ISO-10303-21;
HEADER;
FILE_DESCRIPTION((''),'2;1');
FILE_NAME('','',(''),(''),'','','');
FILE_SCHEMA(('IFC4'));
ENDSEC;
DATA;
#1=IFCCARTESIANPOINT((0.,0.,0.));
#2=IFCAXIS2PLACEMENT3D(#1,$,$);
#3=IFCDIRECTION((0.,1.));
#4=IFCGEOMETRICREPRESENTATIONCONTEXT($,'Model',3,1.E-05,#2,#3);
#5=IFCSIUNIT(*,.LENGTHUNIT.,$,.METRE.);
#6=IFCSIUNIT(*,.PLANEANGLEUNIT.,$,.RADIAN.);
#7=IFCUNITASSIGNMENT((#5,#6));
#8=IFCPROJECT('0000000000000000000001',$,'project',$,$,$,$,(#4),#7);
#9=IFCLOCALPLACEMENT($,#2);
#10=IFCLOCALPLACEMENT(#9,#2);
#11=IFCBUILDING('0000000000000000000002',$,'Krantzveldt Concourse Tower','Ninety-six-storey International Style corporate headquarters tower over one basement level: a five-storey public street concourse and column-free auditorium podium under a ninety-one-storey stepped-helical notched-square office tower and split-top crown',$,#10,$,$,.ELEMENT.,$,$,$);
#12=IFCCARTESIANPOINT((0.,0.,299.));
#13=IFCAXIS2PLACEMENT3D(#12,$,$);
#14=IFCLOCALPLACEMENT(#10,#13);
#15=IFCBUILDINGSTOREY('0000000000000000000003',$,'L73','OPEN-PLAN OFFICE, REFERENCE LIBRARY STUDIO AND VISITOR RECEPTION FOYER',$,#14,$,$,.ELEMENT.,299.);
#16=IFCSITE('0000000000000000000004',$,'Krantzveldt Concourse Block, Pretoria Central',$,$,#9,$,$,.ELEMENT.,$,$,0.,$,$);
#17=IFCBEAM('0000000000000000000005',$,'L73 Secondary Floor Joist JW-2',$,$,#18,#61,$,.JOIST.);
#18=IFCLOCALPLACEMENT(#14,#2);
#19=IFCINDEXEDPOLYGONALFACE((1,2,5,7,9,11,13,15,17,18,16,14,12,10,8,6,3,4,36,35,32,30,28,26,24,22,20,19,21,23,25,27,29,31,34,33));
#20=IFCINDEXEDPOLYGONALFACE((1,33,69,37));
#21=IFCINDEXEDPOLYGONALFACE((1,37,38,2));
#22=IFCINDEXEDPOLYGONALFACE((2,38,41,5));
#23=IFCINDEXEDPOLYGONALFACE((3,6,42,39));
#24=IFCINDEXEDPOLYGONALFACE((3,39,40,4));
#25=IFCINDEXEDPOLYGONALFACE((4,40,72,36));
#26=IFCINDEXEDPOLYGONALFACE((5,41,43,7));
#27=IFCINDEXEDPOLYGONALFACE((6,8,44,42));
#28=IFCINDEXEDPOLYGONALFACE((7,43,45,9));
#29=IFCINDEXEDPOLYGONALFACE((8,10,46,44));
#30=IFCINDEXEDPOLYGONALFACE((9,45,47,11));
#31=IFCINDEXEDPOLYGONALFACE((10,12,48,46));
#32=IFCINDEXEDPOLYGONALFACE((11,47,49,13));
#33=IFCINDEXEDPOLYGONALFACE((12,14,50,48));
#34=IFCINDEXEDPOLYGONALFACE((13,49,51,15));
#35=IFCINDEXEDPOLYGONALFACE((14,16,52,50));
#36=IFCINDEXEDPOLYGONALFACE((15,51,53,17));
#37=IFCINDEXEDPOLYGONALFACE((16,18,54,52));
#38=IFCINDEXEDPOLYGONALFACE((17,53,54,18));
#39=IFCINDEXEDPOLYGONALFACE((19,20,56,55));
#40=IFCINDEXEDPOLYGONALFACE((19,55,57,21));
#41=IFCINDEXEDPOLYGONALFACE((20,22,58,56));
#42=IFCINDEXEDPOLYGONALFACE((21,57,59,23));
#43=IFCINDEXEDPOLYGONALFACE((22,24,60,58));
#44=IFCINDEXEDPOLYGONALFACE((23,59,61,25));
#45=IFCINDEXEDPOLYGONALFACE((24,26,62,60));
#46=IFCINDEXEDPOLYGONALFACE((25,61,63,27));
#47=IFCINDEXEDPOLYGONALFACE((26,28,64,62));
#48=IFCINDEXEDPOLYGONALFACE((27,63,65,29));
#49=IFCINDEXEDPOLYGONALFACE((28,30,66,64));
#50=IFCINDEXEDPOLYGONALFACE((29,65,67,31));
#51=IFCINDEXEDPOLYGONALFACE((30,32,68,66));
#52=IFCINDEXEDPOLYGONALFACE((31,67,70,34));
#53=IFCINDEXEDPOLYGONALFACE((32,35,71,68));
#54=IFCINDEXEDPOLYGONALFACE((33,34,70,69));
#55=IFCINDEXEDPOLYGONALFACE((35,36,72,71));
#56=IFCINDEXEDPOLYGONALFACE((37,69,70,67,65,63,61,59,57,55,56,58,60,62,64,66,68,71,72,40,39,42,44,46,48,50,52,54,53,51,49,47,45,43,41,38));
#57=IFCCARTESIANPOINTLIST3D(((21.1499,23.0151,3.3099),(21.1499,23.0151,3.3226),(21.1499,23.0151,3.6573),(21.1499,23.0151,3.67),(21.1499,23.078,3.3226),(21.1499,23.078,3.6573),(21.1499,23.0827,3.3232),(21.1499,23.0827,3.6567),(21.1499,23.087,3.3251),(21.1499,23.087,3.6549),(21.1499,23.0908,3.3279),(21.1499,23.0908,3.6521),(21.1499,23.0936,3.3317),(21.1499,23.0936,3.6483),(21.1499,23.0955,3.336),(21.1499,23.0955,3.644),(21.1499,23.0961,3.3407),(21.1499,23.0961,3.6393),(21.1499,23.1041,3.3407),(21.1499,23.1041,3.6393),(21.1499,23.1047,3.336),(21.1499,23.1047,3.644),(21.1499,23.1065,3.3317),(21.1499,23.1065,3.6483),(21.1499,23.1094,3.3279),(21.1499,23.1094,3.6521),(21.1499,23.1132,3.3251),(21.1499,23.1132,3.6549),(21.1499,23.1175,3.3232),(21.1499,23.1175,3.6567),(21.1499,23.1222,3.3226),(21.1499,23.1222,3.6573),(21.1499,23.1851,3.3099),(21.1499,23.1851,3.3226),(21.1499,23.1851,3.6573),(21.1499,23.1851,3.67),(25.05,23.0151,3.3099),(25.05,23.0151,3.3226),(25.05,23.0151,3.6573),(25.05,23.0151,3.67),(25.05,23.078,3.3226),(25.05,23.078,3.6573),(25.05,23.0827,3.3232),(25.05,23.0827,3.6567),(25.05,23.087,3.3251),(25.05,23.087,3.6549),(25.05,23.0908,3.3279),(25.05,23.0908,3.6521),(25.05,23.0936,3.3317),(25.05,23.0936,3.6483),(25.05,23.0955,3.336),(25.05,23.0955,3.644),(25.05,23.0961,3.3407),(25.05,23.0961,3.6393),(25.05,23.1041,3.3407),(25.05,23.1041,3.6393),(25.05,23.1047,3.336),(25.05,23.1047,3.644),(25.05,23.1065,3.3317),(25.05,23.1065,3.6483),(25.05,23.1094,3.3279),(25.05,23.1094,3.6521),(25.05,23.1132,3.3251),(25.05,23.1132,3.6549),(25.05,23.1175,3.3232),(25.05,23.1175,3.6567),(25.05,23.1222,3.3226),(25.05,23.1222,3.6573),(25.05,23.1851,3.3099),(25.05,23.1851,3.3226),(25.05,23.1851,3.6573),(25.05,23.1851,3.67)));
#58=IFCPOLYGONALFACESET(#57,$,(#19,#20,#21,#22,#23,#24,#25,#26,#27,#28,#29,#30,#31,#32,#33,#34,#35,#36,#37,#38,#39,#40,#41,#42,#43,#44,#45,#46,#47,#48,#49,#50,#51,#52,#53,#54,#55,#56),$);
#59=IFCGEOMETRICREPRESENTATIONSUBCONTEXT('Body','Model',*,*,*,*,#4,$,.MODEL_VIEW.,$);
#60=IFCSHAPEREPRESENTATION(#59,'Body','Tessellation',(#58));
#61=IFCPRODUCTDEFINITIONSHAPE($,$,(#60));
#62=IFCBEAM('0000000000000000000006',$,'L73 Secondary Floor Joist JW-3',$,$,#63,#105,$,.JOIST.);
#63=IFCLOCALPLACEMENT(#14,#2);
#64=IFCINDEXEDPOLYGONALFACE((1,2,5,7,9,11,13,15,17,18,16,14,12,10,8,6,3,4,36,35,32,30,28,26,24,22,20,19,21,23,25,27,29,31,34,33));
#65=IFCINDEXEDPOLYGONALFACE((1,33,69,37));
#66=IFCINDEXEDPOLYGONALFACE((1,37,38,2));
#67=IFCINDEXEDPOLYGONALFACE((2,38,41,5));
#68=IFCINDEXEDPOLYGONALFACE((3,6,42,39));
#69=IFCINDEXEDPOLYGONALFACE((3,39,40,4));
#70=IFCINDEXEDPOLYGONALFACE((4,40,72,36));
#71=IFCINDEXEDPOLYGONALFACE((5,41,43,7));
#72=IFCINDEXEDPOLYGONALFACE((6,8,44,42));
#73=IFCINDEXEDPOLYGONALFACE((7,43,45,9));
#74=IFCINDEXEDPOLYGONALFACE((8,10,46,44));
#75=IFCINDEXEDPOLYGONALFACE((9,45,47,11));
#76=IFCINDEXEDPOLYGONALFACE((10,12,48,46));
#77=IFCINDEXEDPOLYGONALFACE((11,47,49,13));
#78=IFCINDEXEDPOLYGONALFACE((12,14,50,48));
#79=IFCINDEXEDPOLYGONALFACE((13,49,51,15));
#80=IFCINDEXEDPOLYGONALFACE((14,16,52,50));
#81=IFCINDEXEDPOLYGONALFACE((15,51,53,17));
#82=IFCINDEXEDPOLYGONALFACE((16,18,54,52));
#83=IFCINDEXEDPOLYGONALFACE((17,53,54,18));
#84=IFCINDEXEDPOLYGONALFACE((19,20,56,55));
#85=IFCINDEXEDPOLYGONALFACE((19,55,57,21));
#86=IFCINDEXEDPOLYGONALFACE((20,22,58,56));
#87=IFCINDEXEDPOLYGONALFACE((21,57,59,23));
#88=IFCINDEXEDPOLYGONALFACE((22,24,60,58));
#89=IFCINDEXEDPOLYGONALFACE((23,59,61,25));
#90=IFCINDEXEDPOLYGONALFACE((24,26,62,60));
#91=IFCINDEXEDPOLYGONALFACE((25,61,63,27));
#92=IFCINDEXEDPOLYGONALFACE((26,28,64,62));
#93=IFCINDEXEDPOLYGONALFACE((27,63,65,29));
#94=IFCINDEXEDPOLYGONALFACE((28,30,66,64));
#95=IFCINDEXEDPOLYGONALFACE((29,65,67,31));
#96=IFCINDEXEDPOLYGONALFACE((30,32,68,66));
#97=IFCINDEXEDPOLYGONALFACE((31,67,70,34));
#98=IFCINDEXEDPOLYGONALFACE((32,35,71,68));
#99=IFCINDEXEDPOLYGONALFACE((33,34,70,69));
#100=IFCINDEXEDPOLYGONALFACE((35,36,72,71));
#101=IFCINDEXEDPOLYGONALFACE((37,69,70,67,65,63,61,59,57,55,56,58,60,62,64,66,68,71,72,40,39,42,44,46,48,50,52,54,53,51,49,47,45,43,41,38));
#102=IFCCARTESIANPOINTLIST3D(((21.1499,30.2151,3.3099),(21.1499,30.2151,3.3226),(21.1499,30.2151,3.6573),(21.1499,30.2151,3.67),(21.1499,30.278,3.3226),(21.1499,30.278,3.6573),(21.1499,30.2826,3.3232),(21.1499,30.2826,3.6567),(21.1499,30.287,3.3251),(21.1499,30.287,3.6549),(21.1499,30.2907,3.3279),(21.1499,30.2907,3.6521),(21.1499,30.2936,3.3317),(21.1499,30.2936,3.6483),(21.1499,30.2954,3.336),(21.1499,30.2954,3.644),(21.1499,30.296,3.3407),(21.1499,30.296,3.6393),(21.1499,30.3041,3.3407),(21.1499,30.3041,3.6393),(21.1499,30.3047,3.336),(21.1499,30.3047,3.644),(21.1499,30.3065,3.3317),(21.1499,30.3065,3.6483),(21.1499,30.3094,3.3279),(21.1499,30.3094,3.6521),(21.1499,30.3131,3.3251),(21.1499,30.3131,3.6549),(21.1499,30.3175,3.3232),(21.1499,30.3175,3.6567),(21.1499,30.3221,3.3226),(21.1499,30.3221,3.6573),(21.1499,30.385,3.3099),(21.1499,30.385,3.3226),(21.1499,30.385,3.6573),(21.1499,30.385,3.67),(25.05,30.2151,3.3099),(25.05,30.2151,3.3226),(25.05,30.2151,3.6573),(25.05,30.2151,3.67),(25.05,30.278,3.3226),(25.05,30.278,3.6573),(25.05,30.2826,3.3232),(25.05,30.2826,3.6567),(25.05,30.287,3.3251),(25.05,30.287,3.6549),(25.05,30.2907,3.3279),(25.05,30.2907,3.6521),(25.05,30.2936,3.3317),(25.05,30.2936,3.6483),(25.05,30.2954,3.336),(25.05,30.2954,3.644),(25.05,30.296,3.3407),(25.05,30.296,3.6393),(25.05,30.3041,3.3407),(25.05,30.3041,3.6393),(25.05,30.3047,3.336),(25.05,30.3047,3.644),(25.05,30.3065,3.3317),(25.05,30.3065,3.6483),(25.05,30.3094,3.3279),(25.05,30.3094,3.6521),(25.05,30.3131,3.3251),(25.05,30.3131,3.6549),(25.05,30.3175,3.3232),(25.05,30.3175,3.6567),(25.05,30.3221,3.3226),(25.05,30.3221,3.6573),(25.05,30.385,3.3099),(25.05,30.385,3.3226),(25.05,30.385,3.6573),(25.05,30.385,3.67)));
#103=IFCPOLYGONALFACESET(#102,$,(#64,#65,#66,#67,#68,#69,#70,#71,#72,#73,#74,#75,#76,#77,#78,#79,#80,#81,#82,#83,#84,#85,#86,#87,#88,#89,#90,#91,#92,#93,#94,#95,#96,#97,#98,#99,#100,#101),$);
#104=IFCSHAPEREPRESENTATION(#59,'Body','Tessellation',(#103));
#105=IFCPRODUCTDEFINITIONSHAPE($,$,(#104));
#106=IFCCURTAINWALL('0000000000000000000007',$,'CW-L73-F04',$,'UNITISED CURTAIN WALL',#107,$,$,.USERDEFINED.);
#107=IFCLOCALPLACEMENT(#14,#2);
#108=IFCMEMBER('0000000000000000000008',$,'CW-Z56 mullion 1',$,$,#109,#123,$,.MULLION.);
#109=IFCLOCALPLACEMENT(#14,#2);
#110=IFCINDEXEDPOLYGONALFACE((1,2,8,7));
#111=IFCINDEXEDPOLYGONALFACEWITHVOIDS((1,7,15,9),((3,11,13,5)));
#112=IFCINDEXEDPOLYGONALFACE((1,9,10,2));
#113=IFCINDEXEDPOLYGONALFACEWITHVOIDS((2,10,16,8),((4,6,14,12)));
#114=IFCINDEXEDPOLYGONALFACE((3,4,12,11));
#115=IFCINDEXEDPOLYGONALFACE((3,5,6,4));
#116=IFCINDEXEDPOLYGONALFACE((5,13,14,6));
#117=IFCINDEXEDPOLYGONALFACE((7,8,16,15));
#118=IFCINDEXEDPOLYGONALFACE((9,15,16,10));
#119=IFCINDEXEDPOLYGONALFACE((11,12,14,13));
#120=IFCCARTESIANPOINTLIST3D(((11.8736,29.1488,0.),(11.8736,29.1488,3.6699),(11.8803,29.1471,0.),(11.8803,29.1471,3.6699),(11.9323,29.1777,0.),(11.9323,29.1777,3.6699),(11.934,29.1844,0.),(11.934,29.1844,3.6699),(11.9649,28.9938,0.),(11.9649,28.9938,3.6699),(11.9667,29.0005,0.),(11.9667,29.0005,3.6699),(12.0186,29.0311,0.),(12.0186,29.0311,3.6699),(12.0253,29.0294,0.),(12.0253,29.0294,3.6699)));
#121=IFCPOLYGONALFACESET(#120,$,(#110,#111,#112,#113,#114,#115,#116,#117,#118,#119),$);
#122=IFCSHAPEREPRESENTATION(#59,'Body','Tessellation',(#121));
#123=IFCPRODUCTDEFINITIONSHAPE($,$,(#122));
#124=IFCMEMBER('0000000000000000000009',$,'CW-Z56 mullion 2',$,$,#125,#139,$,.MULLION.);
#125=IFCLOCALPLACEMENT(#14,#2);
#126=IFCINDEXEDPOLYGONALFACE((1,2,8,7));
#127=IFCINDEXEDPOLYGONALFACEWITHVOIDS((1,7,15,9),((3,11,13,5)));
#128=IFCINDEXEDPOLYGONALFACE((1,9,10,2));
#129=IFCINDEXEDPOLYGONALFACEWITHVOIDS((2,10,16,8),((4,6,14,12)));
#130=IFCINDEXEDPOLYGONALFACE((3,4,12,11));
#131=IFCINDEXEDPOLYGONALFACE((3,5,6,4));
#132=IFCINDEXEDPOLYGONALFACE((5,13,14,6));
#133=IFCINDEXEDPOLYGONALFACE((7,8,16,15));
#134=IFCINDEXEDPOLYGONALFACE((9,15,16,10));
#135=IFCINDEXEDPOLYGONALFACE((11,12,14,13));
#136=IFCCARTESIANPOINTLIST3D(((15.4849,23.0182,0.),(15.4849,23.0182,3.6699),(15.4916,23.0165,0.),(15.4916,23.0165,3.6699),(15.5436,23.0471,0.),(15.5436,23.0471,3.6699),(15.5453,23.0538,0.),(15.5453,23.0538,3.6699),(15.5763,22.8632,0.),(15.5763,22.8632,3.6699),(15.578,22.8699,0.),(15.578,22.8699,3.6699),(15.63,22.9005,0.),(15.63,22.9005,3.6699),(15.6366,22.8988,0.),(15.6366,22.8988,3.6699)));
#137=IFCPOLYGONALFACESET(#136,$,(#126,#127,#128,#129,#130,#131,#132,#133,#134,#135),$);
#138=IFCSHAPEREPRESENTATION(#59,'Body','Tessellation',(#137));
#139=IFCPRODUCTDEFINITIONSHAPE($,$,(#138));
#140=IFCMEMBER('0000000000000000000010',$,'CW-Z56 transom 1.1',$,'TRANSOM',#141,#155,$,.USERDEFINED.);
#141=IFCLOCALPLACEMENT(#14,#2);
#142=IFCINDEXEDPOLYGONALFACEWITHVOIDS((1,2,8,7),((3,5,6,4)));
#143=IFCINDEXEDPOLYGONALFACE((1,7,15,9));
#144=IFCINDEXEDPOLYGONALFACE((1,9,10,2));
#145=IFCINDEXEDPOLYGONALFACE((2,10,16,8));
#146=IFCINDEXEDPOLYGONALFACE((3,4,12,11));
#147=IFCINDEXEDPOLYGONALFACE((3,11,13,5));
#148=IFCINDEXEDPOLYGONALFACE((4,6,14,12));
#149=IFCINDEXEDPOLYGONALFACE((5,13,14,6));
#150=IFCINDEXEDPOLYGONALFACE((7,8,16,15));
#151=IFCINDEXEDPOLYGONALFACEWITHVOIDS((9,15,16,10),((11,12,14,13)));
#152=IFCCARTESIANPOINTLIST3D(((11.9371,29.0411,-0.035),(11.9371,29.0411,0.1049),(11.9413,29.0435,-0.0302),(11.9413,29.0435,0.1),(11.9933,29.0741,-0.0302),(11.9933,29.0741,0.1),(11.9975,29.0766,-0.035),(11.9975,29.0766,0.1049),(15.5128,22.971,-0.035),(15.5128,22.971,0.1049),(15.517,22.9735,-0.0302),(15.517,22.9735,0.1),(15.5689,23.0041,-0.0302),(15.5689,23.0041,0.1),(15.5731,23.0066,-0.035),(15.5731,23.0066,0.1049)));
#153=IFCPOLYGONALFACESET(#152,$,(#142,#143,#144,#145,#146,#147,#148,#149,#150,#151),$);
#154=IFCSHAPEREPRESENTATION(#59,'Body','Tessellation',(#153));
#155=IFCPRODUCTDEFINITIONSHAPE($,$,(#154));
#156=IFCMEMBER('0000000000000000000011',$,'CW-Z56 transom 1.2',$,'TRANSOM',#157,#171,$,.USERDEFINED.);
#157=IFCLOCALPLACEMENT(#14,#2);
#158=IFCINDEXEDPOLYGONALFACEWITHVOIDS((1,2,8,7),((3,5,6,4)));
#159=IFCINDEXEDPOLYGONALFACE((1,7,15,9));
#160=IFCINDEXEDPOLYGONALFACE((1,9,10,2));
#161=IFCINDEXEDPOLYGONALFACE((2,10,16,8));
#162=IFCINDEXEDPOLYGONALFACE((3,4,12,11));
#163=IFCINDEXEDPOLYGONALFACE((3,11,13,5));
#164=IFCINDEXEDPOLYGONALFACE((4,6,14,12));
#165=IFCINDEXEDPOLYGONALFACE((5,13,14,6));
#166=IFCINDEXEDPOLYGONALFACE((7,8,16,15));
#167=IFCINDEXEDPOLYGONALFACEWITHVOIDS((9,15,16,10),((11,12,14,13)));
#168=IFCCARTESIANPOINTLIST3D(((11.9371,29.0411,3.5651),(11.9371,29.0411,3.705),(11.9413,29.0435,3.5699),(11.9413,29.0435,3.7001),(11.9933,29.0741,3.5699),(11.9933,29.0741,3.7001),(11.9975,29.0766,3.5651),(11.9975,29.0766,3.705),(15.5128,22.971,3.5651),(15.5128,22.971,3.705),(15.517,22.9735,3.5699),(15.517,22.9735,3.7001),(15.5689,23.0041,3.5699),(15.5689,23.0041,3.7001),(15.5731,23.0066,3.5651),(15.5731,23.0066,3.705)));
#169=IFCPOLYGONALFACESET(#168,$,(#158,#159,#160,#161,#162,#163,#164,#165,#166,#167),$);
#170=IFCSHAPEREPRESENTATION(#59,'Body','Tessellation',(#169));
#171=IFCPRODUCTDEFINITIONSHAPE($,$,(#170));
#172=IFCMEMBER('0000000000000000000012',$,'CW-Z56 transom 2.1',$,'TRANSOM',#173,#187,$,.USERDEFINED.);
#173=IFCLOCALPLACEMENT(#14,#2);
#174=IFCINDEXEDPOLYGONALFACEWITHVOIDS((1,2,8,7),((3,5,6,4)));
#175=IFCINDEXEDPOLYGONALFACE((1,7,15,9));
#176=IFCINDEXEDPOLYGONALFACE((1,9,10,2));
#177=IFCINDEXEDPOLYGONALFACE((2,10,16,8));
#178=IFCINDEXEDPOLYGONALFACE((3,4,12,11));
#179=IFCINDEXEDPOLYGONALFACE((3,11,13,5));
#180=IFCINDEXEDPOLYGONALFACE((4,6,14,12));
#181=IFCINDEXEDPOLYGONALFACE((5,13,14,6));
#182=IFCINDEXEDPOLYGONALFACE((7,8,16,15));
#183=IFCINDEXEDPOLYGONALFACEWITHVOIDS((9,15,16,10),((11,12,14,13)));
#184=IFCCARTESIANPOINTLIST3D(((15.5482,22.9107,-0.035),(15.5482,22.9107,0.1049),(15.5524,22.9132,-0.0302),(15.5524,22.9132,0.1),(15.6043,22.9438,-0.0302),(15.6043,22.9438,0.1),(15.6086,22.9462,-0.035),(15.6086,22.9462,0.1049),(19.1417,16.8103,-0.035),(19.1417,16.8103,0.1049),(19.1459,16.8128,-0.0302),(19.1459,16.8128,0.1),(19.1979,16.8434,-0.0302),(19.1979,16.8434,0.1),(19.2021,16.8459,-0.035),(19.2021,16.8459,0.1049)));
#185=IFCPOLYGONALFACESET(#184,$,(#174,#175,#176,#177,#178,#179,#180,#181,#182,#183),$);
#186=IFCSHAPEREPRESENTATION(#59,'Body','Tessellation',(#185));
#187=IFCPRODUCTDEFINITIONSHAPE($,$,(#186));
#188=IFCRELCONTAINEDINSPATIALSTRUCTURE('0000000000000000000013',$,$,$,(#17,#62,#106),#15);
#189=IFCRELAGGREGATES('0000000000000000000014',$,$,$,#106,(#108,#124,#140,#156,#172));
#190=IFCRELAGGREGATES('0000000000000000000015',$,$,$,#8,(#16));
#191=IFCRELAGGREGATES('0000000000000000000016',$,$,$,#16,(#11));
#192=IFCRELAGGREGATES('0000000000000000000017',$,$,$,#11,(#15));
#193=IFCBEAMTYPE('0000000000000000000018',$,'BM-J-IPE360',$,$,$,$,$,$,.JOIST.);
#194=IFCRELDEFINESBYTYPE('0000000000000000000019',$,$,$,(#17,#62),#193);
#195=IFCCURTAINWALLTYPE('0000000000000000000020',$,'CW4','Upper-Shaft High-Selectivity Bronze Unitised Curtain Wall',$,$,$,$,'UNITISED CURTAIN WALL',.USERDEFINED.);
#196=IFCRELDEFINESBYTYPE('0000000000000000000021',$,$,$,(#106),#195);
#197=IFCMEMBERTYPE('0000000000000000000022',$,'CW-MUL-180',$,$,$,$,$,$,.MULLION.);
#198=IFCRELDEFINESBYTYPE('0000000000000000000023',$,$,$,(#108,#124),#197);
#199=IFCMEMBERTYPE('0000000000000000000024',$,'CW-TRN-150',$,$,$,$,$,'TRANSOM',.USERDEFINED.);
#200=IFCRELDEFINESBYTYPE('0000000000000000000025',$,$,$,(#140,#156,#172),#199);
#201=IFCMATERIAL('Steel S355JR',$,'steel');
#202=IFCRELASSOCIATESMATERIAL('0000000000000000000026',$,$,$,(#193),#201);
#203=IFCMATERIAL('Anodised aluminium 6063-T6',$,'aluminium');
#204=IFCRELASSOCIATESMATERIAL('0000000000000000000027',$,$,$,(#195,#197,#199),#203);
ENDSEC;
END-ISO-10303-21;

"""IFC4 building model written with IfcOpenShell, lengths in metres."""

from ifc_helpers import new_model, si_unit, direction, frame, origin, origin_2d, place, context, subcontext, project, spatial, hollow_rectangle, i_section, extrude, source, transform, mapped, material, material_profile, profile_set, type_object, type_shapes, element, aggregate, save


model = new_model("IFC4")

# Units and contexts
model_context = context("Model", 3, precision=1e-05, world=origin(), true_north=direction((0.0, 1.0)))
body_context = subcontext(model_context, "Body", "Model", "MODEL_VIEW")
ifc_project = project(units=[si_unit("LENGTHUNIT", "METRE"), si_unit("PLANEANGLEUNIT", "RADIAN")], contexts=[model_context])

# Site, building, storey
site_placement = place(None, origin())
site = spatial("IfcSite", under=ifc_project, at=site_placement, Name="Krantzveldt Concourse Block, Pretoria Central", CompositionType="ELEMENT", RefElevation=0.0)
building_placement = place(site_placement, origin())
building = spatial("IfcBuilding", under=site, at=building_placement, Name="Krantzveldt Concourse Tower", Description="Ninety-six-storey International Style corporate headquarters tower over one basement level: a five-storey public street concourse and column-free auditorium podium under a ninety-one-storey stepped-helical notched-square office tower and split-top crown", CompositionType="ELEMENT")
storey_placement = place(building_placement, frame((0.0, 0.0, 299.0)))
storey = spatial("IfcBuildingStorey", under=building, at=storey_placement, Name="L73", Description="OPEN-PLAN OFFICE, REFERENCE LIBRARY STUDIO AND VISITOR RECEPTION FOYER", CompositionType="ELEMENT", Elevation=299.0)

# Beams
ifc_material_1 = material(Name="Steel S355JR", Category="steel")
ifc_material_profile_1 = material_profile(ifc_material_1, i_section(OverallWidth=0.1699, OverallDepth=0.3601, WebThickness=0.0081, FlangeThickness=0.0127, FilletRadius=0.0181, at=origin_2d()), Name="Steel S355JR", Category="steel")
ifc_profile_set_1 = profile_set([ifc_material_profile_1], Name="Steel S355JR - IPE 360")
beam_type_1 = type_object("IfcBeamType", Name="BM-J-IPE360", PredefinedType="JOIST", material=ifc_profile_set_1)
shared_shape_1 = source(origin(), body_context, "Body", "SweptSolid", [
    extrude(i_section(OverallWidth=0.1699, OverallDepth=0.3601, WebThickness=0.0081, FlangeThickness=0.0127, FilletRadius=0.0181, at=origin_2d()), origin(), (0.0, 0.0, 1.0), 3.9001),
])
for number, where, z_axis, x_axis, name in (
    (1, (21.1499, 23.1001, 3.49), (1.0, 0.0, 0.0), (0.0, 1.0, 0.0), "L73 Secondary Floor Joist JW-2"),
    (2, (21.1499, 30.3, 3.49), (1.0, 0.0, 0.0), (0.0, 1.0, 0.0), "L73 Secondary Floor Joist JW-3"),
):
    element("IfcBeam", number, at=place(storey_placement, frame(where, z_axis=z_axis, x_axis=x_axis)), inside=storey, type_object=beam_type_1, Name=name, PredefinedType="JOIST", context=body_context, shape_type="MappedRepresentation", body=[
        mapped(shared_shape_1, transform((0.0, 0.0, 0.0), x_axis=(1.0, 0.0, 0.0), y_axis=(0.0, 1.0, 0.0), z_axis=(0.0, 0.0, 1.0), scale=1.0)),
    ])

# Curtain wall, members
ifc_material_2 = material(Name="Anodised aluminium 6063-T6", Category="aluminium")
curtain_wall_type = type_object("IfcCurtainWallType", Name="CW4", Description="Upper-Shaft High-Selectivity Bronze Unitised Curtain Wall", ElementType="UNITISED CURTAIN WALL", PredefinedType="USERDEFINED", material=ifc_material_2)
curtain_wall_placement = place(storey_placement, origin())
curtain_wall = element("IfcCurtainWall", 3, at=curtain_wall_placement, inside=storey, type_object=curtain_wall_type, Name="CW-L73-F04", ObjectType="UNITISED CURTAIN WALL", PredefinedType="USERDEFINED")
ifc_material_profile_2 = material_profile(ifc_material_2, hollow_rectangle(XDim=0.0701, YDim=0.1799, WallThickness=0.0049, at=origin_2d()), Name="Anodised aluminium 6063-T6", Category="aluminium")
ifc_profile_set_2 = profile_set([ifc_material_profile_2], Name="Anodised aluminium 6063-T6 - ALU-MULL 180x70x5")
member_type_1 = type_object("IfcMemberType", Name="CW-MUL-180", PredefinedType="MULLION", material=ifc_profile_set_2)
shared_shape_2 = source(origin(), body_context, "Body", "SweptSolid", [
    extrude(hollow_rectangle(XDim=0.0701, YDim=0.1799, WallThickness=0.0049, at=origin_2d()), origin(), (0.0, 0.0, 1.0), 3.6699),
])
type_shapes(member_type_1, [shared_shape_2])
member_1_placement = place(storey_placement, frame((11.9495, 29.0891, 0.0), z_axis=(0.0, 0.0, 1.0), x_axis=(0.861629, 0.507538, 0.0)))
member_1 = element("IfcMember", 4, at=member_1_placement, type_object=member_type_1, Name="CW-Z56 mullion 1", PredefinedType="MULLION", context=body_context, shape_type="MappedRepresentation", body=[
    mapped(shared_shape_2, transform((0.0, 0.0, 0.0), x_axis=(1.0, 0.0, 0.0), y_axis=(0.0, 1.0, 0.0), z_axis=(0.0, 0.0, 1.0), scale=1.0)),
])
member_2_placement = place(storey_placement, frame((15.5608, 22.9585, 0.0), z_axis=(0.0, 0.0, 1.0), x_axis=(0.861629, 0.507538, 0.0)))
member_2 = element("IfcMember", 5, at=member_2_placement, type_object=member_type_1, Name="CW-Z56 mullion 2", PredefinedType="MULLION", context=body_context, shape_type="MappedRepresentation", body=[
    mapped(shared_shape_2, transform((0.0, 0.0, 0.0), x_axis=(1.0, 0.0, 0.0), y_axis=(0.0, 1.0, 0.0), z_axis=(0.0, 0.0, 1.0), scale=1.0)),
])
ifc_material_profile_3 = material_profile(ifc_material_2, hollow_rectangle(XDim=0.0701, YDim=0.1399, WallThickness=0.0049, at=origin_2d()), Name="Anodised aluminium 6063-T6", Category="aluminium")
ifc_profile_set_3 = profile_set([ifc_material_profile_3], Name="Anodised aluminium 6063-T6 - ALU-TRAN 140x70x5")
member_type_2 = type_object("IfcMemberType", Name="CW-TRN-150", ElementType="TRANSOM", PredefinedType="USERDEFINED", material=ifc_profile_set_3)
shared_shape_3 = source(origin(), body_context, "Body", "SweptSolid", [
    extrude(hollow_rectangle(XDim=0.0701, YDim=0.1399, WallThickness=0.0049, at=origin_2d()), origin(), (0.0, 0.0, 1.0), 7.0449),
])
member_3_placement = place(storey_placement, frame((11.9673, 29.0588, 0.0349), z_axis=(0.507553, -0.86162, 0.0), x_axis=(0.86162, 0.507553, 0.0)))
member_3 = element("IfcMember", 6, at=member_3_placement, type_object=member_type_2, Name="CW-Z56 transom 1.1", ObjectType="TRANSOM", PredefinedType="USERDEFINED", context=body_context, shape_type="MappedRepresentation", body=[
    mapped(shared_shape_3, transform((0.0, 0.0, 0.0), x_axis=(1.0, 0.0, 0.0), y_axis=(0.0, 1.0, 0.0), z_axis=(0.0, 0.0, 1.0), scale=1.0)),
])
member_4_placement = place(storey_placement, frame((11.9673, 29.0588, 3.635), z_axis=(0.507553, -0.86162, 0.0), x_axis=(0.86162, 0.507553, 0.0)))
member_4 = element("IfcMember", 7, at=member_4_placement, type_object=member_type_2, Name="CW-Z56 transom 1.2", ObjectType="TRANSOM", PredefinedType="USERDEFINED", context=body_context, shape_type="MappedRepresentation", body=[
    mapped(shared_shape_3, transform((0.0, 0.0, 0.0), x_axis=(1.0, 0.0, 0.0), y_axis=(0.0, 1.0, 0.0), z_axis=(0.0, 0.0, 1.0), scale=1.0)),
])
shared_shape_4 = source(origin(), body_context, "Body", "SweptSolid", [
    extrude(hollow_rectangle(XDim=0.0701, YDim=0.1399, WallThickness=0.0049, at=origin_2d()), origin(), (0.0, 0.0, 1.0), 7.0801),
])
type_shapes(member_type_2, [shared_shape_3, shared_shape_4])
member_5_placement = place(storey_placement, frame((15.5784, 22.9285, 0.0349), z_axis=(0.507552, -0.861621, 0.0), x_axis=(0.861621, 0.507552, 0.0)))
member_5 = element("IfcMember", 8, at=member_5_placement, type_object=member_type_2, Name="CW-Z56 transom 2.1", ObjectType="TRANSOM", PredefinedType="USERDEFINED", context=body_context, shape_type="MappedRepresentation", body=[
    mapped(shared_shape_4, transform((0.0, 0.0, 0.0), x_axis=(1.0, 0.0, 0.0), y_axis=(0.0, 1.0, 0.0), z_axis=(0.0, 0.0, 1.0), scale=1.0)),
])
aggregate(curtain_wall, [member_1, member_2, member_3, member_4, member_5])

save(model, "model.ifc")
